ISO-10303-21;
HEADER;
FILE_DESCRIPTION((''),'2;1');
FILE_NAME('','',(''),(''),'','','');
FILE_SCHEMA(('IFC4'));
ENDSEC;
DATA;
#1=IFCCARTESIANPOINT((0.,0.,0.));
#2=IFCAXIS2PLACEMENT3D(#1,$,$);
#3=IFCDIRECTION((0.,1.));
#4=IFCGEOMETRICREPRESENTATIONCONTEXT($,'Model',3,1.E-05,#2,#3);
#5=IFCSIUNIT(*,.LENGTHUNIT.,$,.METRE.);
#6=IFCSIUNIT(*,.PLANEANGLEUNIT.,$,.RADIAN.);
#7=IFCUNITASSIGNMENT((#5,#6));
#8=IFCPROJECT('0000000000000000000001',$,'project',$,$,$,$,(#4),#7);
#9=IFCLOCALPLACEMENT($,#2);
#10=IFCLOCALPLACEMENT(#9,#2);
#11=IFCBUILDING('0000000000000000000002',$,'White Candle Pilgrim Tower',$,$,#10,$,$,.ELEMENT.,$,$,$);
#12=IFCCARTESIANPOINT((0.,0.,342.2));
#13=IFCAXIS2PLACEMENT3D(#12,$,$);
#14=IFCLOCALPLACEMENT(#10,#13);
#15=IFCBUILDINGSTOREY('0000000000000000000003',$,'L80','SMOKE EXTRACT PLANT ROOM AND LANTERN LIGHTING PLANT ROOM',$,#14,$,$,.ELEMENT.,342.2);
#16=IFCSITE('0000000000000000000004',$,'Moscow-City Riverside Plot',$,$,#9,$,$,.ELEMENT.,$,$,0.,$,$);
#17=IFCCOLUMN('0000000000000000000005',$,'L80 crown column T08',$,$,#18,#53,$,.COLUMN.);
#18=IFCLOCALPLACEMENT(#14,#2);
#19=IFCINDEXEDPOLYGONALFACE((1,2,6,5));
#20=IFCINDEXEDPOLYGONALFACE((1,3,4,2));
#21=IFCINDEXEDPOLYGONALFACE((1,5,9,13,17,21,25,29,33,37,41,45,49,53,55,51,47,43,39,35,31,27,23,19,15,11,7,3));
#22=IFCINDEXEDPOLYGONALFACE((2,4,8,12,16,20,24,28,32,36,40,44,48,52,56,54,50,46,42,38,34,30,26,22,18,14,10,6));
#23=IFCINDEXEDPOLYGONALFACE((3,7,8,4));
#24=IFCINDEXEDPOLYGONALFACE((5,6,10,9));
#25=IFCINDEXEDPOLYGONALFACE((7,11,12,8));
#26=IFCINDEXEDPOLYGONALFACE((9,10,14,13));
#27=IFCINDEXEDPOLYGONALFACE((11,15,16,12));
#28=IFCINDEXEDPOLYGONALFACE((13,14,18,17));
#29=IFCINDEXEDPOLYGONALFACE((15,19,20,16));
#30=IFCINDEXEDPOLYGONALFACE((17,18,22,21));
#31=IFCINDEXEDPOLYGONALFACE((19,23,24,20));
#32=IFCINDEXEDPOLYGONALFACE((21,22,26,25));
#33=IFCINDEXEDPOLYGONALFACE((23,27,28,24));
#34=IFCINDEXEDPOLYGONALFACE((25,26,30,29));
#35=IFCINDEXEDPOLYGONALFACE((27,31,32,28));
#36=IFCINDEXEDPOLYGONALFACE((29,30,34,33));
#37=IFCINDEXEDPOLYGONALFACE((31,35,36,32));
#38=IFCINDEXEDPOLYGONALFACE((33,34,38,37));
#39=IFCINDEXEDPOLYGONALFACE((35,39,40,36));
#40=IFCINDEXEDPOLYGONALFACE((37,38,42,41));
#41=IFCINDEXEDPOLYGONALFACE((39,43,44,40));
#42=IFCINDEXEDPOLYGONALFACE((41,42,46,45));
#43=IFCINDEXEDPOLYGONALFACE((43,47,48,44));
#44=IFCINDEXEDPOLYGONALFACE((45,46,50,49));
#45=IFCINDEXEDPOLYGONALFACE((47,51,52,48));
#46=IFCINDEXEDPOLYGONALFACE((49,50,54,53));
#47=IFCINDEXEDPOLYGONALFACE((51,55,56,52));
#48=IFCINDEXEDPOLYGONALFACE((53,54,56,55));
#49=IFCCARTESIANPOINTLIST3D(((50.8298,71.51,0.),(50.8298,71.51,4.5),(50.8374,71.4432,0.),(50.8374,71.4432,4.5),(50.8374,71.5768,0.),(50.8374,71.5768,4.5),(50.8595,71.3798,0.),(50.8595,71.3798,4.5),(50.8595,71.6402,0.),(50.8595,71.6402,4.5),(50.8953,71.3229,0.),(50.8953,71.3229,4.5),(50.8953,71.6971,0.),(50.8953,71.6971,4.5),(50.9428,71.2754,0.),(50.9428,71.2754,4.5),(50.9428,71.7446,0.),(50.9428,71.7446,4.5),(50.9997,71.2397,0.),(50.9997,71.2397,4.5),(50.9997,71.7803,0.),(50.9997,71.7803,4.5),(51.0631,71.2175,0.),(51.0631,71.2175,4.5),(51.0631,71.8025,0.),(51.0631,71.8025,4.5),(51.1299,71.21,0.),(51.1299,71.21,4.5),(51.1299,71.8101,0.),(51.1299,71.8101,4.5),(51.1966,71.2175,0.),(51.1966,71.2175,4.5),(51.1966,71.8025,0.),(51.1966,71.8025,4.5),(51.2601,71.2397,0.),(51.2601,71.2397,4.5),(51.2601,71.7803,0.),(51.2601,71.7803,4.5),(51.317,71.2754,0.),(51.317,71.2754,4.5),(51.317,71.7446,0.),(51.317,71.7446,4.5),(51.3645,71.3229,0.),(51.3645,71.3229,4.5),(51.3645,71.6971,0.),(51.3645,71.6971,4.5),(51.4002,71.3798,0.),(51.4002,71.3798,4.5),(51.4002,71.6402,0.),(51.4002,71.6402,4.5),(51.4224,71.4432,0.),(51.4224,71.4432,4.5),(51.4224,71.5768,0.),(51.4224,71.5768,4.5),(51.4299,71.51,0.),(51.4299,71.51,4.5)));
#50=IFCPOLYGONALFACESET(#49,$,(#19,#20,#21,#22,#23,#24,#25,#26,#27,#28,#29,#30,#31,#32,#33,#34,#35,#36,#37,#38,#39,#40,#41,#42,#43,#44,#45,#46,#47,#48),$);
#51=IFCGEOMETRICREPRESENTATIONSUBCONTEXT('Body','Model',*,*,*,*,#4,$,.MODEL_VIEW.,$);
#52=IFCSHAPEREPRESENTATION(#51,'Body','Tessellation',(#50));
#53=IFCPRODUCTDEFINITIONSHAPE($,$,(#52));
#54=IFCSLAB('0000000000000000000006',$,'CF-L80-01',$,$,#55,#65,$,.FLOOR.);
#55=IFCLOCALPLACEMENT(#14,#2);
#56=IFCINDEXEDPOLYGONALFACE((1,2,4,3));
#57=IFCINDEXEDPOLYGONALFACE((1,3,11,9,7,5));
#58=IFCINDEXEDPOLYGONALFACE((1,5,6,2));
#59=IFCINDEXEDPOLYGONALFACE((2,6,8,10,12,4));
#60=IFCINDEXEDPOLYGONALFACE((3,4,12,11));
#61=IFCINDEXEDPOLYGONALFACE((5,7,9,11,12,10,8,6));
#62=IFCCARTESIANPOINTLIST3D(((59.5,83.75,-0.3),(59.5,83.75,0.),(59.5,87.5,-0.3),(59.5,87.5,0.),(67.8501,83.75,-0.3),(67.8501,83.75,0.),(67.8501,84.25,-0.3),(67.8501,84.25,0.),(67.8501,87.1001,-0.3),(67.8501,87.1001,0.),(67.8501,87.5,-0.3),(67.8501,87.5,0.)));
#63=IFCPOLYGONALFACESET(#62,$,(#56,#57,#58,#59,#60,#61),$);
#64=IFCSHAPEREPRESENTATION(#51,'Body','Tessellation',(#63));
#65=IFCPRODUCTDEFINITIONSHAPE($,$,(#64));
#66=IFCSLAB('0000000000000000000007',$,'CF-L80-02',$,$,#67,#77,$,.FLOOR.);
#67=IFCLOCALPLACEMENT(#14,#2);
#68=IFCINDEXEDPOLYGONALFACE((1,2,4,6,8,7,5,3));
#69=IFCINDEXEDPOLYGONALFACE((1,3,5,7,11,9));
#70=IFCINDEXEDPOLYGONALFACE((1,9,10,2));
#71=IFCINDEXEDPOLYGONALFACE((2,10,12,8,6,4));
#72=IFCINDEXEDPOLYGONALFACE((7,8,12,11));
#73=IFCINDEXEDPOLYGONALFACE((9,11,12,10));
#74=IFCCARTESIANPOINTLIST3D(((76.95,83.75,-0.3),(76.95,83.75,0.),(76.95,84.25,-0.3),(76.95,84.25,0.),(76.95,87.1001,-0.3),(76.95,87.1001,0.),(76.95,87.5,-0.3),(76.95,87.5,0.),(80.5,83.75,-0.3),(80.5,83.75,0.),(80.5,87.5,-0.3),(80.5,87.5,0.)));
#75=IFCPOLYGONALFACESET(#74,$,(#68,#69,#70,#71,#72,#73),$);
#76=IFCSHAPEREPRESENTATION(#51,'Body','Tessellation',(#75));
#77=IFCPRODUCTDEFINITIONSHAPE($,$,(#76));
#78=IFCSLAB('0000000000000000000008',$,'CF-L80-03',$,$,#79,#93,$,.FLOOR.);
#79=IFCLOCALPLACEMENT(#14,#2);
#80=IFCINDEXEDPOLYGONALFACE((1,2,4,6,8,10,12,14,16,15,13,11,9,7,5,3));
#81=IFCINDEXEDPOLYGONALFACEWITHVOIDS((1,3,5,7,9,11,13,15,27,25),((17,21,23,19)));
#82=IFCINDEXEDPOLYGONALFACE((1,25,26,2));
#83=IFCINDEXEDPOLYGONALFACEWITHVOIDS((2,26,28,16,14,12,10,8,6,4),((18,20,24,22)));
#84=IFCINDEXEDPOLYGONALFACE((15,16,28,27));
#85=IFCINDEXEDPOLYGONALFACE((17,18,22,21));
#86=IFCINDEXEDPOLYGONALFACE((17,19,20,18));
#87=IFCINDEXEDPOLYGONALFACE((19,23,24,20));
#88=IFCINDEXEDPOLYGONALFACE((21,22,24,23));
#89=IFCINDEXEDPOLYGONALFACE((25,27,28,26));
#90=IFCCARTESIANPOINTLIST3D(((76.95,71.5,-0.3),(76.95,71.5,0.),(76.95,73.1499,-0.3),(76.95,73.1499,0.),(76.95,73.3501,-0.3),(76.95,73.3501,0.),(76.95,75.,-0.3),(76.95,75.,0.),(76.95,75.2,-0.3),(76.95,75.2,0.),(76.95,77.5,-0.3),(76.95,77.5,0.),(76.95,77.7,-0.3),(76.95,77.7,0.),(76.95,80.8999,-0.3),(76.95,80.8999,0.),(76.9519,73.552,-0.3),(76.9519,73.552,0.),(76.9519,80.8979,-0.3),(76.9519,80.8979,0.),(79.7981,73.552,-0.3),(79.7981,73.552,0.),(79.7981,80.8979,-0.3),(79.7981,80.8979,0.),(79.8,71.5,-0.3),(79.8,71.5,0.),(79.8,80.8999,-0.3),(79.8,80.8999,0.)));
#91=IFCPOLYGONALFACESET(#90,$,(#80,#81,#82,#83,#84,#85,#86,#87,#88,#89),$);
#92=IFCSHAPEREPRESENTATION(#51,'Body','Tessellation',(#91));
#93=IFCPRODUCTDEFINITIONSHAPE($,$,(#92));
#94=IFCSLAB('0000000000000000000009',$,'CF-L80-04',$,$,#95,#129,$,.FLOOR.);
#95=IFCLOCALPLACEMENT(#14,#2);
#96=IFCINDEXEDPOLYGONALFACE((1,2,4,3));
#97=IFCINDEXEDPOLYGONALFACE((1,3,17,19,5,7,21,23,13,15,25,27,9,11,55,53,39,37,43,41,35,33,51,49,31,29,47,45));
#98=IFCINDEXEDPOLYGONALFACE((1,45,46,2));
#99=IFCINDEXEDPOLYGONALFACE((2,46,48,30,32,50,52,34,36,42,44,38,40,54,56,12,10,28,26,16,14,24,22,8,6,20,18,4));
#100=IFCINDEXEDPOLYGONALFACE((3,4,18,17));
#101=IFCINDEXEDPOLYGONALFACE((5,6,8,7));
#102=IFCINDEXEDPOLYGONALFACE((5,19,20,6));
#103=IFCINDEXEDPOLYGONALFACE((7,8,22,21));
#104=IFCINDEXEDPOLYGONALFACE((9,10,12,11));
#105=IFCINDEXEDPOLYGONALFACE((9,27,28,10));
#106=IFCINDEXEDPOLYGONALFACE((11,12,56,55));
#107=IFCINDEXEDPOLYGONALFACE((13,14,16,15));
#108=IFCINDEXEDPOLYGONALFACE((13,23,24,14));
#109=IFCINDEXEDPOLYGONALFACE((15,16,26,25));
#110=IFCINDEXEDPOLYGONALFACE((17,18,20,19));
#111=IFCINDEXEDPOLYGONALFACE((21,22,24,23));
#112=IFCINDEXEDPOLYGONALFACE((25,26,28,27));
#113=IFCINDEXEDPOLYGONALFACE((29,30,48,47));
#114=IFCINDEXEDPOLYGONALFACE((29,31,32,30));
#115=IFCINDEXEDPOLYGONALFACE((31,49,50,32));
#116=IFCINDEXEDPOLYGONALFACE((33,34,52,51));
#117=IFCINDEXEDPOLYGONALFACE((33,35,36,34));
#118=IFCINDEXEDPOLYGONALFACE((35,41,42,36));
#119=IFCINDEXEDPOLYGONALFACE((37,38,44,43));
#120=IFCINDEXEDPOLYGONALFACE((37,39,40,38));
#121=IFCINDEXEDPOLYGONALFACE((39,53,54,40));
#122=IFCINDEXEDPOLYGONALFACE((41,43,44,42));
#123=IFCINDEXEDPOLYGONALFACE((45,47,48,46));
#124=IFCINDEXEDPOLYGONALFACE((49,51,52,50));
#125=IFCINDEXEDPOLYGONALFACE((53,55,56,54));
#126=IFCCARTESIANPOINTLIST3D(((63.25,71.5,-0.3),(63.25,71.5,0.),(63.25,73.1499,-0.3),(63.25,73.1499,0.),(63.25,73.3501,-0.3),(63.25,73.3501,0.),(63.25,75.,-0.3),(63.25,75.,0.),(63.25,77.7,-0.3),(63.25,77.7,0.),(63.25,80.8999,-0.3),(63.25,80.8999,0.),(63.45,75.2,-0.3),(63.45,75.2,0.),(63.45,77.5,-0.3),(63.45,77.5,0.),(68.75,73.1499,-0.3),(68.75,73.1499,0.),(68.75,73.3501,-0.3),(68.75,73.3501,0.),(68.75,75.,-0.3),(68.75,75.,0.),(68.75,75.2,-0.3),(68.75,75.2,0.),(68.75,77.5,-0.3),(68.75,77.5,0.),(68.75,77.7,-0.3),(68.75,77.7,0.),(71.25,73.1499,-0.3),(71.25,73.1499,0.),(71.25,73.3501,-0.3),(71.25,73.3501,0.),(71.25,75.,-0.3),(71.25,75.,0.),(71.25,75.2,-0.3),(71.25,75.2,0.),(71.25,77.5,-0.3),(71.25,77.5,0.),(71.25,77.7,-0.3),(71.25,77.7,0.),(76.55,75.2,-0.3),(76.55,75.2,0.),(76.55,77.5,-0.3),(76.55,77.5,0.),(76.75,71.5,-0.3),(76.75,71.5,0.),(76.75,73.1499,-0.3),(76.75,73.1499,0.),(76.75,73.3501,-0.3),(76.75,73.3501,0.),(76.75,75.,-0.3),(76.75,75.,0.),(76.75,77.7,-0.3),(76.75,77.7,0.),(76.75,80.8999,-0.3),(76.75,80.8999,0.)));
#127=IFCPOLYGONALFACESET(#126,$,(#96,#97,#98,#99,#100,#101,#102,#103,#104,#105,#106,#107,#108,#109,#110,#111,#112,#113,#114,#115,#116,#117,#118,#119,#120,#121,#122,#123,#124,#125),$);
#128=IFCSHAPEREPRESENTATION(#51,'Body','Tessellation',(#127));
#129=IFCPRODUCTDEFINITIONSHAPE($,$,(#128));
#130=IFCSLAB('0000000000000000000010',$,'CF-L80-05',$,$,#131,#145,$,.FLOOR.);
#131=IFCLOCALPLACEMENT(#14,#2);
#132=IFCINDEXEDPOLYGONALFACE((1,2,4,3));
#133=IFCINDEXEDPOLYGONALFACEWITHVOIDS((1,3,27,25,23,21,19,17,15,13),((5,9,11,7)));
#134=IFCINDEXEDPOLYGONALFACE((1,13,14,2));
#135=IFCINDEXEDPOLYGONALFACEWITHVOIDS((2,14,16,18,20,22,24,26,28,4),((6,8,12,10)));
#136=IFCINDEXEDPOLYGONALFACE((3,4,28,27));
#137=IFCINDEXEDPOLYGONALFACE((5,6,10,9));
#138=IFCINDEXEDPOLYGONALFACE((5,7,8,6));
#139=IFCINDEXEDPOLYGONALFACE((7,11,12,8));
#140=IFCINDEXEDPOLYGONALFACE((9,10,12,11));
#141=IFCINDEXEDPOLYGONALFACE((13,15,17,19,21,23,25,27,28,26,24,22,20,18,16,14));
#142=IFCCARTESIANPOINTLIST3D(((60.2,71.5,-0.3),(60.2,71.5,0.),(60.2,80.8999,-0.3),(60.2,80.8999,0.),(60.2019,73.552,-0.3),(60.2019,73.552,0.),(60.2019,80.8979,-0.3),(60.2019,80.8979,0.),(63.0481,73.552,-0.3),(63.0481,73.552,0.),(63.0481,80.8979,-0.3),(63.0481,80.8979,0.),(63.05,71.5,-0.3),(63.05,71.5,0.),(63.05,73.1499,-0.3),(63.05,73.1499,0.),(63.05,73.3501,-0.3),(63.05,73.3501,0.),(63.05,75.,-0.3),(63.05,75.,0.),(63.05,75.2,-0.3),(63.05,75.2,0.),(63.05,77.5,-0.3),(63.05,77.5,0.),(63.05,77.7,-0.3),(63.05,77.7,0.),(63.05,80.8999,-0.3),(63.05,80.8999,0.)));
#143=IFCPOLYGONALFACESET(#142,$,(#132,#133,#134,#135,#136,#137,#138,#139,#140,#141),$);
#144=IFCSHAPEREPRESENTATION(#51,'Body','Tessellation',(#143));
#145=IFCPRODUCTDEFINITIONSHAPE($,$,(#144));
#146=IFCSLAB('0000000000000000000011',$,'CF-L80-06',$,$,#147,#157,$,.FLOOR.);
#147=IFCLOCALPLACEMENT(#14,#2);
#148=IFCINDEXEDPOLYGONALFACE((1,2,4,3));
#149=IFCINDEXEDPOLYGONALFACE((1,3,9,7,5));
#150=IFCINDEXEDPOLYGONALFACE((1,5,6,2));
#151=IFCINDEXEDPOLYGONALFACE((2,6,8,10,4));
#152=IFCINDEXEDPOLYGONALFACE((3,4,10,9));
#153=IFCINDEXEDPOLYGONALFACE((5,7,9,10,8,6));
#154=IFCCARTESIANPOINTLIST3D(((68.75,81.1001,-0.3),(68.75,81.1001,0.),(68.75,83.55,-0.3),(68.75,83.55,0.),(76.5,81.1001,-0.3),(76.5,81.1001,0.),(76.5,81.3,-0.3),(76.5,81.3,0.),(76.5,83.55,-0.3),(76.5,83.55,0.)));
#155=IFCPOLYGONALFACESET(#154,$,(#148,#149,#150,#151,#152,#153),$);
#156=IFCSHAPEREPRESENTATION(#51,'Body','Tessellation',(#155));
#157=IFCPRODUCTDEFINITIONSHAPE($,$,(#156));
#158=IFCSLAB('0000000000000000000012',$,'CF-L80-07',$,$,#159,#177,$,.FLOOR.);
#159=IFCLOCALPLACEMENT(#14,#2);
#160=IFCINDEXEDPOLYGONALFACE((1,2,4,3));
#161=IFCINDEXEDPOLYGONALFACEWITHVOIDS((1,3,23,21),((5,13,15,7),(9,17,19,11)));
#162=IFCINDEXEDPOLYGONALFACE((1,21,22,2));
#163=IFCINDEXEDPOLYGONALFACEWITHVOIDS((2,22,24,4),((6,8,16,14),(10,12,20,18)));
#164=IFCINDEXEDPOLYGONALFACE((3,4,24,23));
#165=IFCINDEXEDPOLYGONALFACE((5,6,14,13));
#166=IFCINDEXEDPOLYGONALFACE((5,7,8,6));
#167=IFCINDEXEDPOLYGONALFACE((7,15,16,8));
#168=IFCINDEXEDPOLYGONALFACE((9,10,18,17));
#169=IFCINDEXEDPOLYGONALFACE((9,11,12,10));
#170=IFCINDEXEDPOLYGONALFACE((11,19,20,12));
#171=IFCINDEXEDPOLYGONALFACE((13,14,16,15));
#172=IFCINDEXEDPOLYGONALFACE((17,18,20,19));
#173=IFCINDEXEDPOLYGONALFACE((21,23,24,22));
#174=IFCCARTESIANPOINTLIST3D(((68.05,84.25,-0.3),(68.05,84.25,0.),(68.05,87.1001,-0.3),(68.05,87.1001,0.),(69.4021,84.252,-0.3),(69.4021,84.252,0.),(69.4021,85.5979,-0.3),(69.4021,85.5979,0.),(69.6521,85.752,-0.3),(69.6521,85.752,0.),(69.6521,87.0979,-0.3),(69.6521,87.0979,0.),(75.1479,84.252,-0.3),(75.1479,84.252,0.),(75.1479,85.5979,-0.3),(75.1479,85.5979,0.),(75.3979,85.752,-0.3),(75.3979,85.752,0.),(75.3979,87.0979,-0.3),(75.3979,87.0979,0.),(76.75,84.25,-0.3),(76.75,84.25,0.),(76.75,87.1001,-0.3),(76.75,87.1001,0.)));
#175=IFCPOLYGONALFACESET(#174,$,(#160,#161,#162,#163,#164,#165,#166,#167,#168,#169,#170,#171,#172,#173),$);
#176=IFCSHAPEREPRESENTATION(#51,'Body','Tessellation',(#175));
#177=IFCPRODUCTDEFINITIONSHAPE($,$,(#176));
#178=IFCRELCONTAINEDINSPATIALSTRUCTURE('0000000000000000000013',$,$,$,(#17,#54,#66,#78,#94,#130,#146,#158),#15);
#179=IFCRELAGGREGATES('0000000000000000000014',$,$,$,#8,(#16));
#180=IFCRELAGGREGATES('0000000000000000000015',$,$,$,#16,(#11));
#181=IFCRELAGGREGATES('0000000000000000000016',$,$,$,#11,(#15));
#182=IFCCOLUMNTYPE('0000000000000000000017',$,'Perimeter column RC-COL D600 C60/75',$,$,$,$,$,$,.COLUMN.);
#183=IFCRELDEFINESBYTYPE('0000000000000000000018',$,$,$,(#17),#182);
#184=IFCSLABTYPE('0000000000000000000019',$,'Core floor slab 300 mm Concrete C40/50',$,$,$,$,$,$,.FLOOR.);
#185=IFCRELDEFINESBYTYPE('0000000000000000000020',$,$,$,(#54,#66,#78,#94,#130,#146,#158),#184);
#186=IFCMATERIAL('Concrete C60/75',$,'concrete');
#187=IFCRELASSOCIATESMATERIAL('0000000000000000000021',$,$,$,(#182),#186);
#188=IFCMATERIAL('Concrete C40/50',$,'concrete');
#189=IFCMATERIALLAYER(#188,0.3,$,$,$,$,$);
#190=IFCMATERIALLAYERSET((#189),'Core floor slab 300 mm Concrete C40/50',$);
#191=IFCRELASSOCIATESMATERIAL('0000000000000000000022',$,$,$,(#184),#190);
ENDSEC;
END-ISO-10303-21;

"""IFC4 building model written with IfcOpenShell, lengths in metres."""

from ifc_helpers import new_model, si_unit, direction, frame, origin, origin_2d, place, context, subcontext, project, spatial, polyline, circle, outline, extrude, material, layer, layer_set, material_profile, profile_set, type_object, element, save


model = new_model("IFC4")

# Units and contexts
model_context = context("Model", 3, precision=1e-05, world=origin(), true_north=direction((0.0, 1.0)))
body_context = subcontext(model_context, "Body", "Model", "MODEL_VIEW")
ifc_project = project(units=[si_unit("LENGTHUNIT", "METRE"), si_unit("PLANEANGLEUNIT", "RADIAN")], contexts=[model_context])

# Site, building, storey
site_placement = place(None, origin())
site = spatial("IfcSite", under=ifc_project, at=site_placement, Name="Moscow-City Riverside Plot", CompositionType="ELEMENT", RefElevation=0.0)
building_placement = place(site_placement, origin())
building = spatial("IfcBuilding", under=site, at=building_placement, Name="White Candle Pilgrim Tower", CompositionType="ELEMENT")
storey_placement = place(building_placement, frame((0.0, 0.0, 342.2)))
storey = spatial("IfcBuildingStorey", under=building, at=storey_placement, Name="L80", Description="SMOKE EXTRACT PLANT ROOM AND LANTERN LIGHTING PLANT ROOM", CompositionType="ELEMENT", Elevation=342.2)

# Column
ifc_material_1 = material(Name="Concrete C60/75", Category="concrete")
ifc_material_profile = material_profile(ifc_material_1, circle(Radius=0.3, at=origin_2d()), Name="RC-COL D600")
ifc_profile_set = profile_set([ifc_material_profile], Name="Concrete C60/75")
column_type = type_object("IfcColumnType", Name="Perimeter column RC-COL D600 C60/75", PredefinedType="COLUMN", material=ifc_profile_set)
column_placement = place(storey_placement, frame((51.1299, 71.51, 0.0), z_axis=(0.0, 0.0, 1.0), x_axis=(1.0, 0.0, 0.0)))
element("IfcColumn", 1, at=column_placement, inside=storey, type_object=column_type, Name="L80 crown column T08", PredefinedType="COLUMN", context=body_context, shape_type="SweptSolid", body=[
    extrude(circle(Radius=0.3, at=origin_2d()), origin(), (0.0, 0.0, 1.0), 4.5),
])

# Slabs
ifc_material_2 = material(Name="Concrete C40/50", Category="concrete")
ifc_layer_1 = layer(ifc_material_2, 0.3)
ifc_layer_set_1 = layer_set([ifc_layer_1], Name="Core floor slab 300 mm Concrete C40/50")
slab_type_1 = type_object("IfcSlabType", Name="Core floor slab 300 mm Concrete C40/50", PredefinedType="FLOOR", material=ifc_layer_set_1)
slab_1_placement = place(storey_placement, frame((0.0, 0.0, -0.3)))
element("IfcSlab", 2, at=slab_1_placement, inside=storey, type_object=slab_type_1, Name="CF-L80-01", PredefinedType="FLOOR", context=body_context, shape_type="SweptSolid", body=[
    extrude(outline(polyline([(67.8501, 87.5), (67.8501, 87.1001), (67.8501, 84.25), (67.8501, 83.75), (59.5, 83.75), (59.5, 87.5), (67.8501, 87.5)])), origin(), (0.0, 0.0, 1.0), 0.3),
])
slab_2_placement = place(storey_placement, frame((0.0, 0.0, -0.3)))
element("IfcSlab", 3, at=slab_2_placement, inside=storey, type_object=slab_type_1, Name="CF-L80-02", PredefinedType="FLOOR", context=body_context, shape_type="SweptSolid", body=[
    extrude(outline(polyline([(80.5, 87.5), (80.5, 83.75), (76.95, 83.75), (76.95, 84.25), (76.95, 87.1001), (76.95, 87.5), (80.5, 87.5)])), origin(), (0.0, 0.0, 1.0), 0.3),
])
slab_3_placement = place(storey_placement, frame((0.0, 0.0, -0.3)))
element("IfcSlab", 4, at=slab_3_placement, inside=storey, type_object=slab_type_1, Name="CF-L80-03", PredefinedType="FLOOR", context=body_context, shape_type="SweptSolid", body=[
    extrude(outline(polyline([(76.95, 71.5), (76.95, 73.1499), (76.95, 73.3501), (76.95, 75.0), (76.95, 75.2), (76.95, 77.5), (76.95, 77.7), (76.95, 80.8999), (79.8, 80.8999), (79.8, 71.5), (76.95, 71.5)]), holes=[polyline([(76.9519, 73.552), (79.7981, 73.552), (79.7981, 80.8979), (76.9519, 80.8979), (76.9519, 73.552)])]), origin(), (0.0, 0.0, 1.0), 0.3),
])
slab_4_placement = place(storey_placement, frame((0.0, 0.0, -0.3)))
element("IfcSlab", 5, at=slab_4_placement, inside=storey, type_object=slab_type_1, Name="CF-L80-04", PredefinedType="FLOOR", context=body_context, shape_type="SweptSolid", body=[
    extrude(outline(polyline([(63.25, 71.5), (63.25, 73.1499), (68.75, 73.1499), (68.75, 73.3501), (63.25, 73.3501), (63.25, 75.0), (68.75, 75.0), (68.75, 75.2), (63.45, 75.2), (63.45, 77.5), (68.75, 77.5), (68.75, 77.7), (63.25, 77.7), (63.25, 80.8999), (76.75, 80.8999), (76.75, 77.7), (71.25, 77.7), (71.25, 77.5), (76.55, 77.5), (76.55, 75.2), (71.25, 75.2), (71.25, 75.0), (76.75, 75.0), (76.75, 73.3501), (71.25, 73.3501), (71.25, 73.1499), (76.75, 73.1499), (76.75, 71.5), (63.25, 71.5)])), origin(), (0.0, 0.0, 1.0), 0.3),
])
slab_5_placement = place(storey_placement, frame((0.0, 0.0, -0.3)))
element("IfcSlab", 6, at=slab_5_placement, inside=storey, type_object=slab_type_1, Name="CF-L80-05", PredefinedType="FLOOR", context=body_context, shape_type="SweptSolid", body=[
    extrude(outline(polyline([(60.2, 71.5), (60.2, 80.8999), (63.05, 80.8999), (63.05, 77.7), (63.05, 77.5), (63.05, 75.2), (63.05, 75.0), (63.05, 73.3501), (63.05, 73.1499), (63.05, 71.5), (60.2, 71.5)]), holes=[polyline([(63.0481, 73.552), (63.0481, 80.8979), (60.2019, 80.8979), (60.2019, 73.552), (63.0481, 73.552)])]), origin(), (0.0, 0.0, 1.0), 0.3),
])
slab_6_placement = place(storey_placement, frame((0.0, 0.0, -0.3)))
element("IfcSlab", 7, at=slab_6_placement, inside=storey, type_object=slab_type_1, Name="CF-L80-06", PredefinedType="FLOOR", context=body_context, shape_type="SweptSolid", body=[
    extrude(outline(polyline([(68.75, 83.55), (76.5, 83.55), (76.5, 81.3), (76.5, 81.1001), (68.75, 81.1001), (68.75, 83.55)])), origin(), (0.0, 0.0, 1.0), 0.3),
])
slab_7_placement = place(storey_placement, frame((0.0, 0.0, -0.3)))
element("IfcSlab", 8, at=slab_7_placement, inside=storey, type_object=slab_type_1, Name="CF-L80-07", PredefinedType="FLOOR", context=body_context, shape_type="SweptSolid", body=[
    extrude(outline(polyline([(68.05, 87.1001), (76.75, 87.1001), (76.75, 84.25), (68.05, 84.25), (68.05, 87.1001)]), holes=[polyline([(69.4021, 84.252), (75.1479, 84.252), (75.1479, 85.5979), (69.4021, 85.5979), (69.4021, 84.252)]), polyline([(69.6521, 87.0979), (69.6521, 85.752), (75.3979, 85.752), (75.3979, 87.0979), (69.6521, 87.0979)])]), origin(), (0.0, 0.0, 1.0), 0.3),
])

save(model, "model.ifc")
